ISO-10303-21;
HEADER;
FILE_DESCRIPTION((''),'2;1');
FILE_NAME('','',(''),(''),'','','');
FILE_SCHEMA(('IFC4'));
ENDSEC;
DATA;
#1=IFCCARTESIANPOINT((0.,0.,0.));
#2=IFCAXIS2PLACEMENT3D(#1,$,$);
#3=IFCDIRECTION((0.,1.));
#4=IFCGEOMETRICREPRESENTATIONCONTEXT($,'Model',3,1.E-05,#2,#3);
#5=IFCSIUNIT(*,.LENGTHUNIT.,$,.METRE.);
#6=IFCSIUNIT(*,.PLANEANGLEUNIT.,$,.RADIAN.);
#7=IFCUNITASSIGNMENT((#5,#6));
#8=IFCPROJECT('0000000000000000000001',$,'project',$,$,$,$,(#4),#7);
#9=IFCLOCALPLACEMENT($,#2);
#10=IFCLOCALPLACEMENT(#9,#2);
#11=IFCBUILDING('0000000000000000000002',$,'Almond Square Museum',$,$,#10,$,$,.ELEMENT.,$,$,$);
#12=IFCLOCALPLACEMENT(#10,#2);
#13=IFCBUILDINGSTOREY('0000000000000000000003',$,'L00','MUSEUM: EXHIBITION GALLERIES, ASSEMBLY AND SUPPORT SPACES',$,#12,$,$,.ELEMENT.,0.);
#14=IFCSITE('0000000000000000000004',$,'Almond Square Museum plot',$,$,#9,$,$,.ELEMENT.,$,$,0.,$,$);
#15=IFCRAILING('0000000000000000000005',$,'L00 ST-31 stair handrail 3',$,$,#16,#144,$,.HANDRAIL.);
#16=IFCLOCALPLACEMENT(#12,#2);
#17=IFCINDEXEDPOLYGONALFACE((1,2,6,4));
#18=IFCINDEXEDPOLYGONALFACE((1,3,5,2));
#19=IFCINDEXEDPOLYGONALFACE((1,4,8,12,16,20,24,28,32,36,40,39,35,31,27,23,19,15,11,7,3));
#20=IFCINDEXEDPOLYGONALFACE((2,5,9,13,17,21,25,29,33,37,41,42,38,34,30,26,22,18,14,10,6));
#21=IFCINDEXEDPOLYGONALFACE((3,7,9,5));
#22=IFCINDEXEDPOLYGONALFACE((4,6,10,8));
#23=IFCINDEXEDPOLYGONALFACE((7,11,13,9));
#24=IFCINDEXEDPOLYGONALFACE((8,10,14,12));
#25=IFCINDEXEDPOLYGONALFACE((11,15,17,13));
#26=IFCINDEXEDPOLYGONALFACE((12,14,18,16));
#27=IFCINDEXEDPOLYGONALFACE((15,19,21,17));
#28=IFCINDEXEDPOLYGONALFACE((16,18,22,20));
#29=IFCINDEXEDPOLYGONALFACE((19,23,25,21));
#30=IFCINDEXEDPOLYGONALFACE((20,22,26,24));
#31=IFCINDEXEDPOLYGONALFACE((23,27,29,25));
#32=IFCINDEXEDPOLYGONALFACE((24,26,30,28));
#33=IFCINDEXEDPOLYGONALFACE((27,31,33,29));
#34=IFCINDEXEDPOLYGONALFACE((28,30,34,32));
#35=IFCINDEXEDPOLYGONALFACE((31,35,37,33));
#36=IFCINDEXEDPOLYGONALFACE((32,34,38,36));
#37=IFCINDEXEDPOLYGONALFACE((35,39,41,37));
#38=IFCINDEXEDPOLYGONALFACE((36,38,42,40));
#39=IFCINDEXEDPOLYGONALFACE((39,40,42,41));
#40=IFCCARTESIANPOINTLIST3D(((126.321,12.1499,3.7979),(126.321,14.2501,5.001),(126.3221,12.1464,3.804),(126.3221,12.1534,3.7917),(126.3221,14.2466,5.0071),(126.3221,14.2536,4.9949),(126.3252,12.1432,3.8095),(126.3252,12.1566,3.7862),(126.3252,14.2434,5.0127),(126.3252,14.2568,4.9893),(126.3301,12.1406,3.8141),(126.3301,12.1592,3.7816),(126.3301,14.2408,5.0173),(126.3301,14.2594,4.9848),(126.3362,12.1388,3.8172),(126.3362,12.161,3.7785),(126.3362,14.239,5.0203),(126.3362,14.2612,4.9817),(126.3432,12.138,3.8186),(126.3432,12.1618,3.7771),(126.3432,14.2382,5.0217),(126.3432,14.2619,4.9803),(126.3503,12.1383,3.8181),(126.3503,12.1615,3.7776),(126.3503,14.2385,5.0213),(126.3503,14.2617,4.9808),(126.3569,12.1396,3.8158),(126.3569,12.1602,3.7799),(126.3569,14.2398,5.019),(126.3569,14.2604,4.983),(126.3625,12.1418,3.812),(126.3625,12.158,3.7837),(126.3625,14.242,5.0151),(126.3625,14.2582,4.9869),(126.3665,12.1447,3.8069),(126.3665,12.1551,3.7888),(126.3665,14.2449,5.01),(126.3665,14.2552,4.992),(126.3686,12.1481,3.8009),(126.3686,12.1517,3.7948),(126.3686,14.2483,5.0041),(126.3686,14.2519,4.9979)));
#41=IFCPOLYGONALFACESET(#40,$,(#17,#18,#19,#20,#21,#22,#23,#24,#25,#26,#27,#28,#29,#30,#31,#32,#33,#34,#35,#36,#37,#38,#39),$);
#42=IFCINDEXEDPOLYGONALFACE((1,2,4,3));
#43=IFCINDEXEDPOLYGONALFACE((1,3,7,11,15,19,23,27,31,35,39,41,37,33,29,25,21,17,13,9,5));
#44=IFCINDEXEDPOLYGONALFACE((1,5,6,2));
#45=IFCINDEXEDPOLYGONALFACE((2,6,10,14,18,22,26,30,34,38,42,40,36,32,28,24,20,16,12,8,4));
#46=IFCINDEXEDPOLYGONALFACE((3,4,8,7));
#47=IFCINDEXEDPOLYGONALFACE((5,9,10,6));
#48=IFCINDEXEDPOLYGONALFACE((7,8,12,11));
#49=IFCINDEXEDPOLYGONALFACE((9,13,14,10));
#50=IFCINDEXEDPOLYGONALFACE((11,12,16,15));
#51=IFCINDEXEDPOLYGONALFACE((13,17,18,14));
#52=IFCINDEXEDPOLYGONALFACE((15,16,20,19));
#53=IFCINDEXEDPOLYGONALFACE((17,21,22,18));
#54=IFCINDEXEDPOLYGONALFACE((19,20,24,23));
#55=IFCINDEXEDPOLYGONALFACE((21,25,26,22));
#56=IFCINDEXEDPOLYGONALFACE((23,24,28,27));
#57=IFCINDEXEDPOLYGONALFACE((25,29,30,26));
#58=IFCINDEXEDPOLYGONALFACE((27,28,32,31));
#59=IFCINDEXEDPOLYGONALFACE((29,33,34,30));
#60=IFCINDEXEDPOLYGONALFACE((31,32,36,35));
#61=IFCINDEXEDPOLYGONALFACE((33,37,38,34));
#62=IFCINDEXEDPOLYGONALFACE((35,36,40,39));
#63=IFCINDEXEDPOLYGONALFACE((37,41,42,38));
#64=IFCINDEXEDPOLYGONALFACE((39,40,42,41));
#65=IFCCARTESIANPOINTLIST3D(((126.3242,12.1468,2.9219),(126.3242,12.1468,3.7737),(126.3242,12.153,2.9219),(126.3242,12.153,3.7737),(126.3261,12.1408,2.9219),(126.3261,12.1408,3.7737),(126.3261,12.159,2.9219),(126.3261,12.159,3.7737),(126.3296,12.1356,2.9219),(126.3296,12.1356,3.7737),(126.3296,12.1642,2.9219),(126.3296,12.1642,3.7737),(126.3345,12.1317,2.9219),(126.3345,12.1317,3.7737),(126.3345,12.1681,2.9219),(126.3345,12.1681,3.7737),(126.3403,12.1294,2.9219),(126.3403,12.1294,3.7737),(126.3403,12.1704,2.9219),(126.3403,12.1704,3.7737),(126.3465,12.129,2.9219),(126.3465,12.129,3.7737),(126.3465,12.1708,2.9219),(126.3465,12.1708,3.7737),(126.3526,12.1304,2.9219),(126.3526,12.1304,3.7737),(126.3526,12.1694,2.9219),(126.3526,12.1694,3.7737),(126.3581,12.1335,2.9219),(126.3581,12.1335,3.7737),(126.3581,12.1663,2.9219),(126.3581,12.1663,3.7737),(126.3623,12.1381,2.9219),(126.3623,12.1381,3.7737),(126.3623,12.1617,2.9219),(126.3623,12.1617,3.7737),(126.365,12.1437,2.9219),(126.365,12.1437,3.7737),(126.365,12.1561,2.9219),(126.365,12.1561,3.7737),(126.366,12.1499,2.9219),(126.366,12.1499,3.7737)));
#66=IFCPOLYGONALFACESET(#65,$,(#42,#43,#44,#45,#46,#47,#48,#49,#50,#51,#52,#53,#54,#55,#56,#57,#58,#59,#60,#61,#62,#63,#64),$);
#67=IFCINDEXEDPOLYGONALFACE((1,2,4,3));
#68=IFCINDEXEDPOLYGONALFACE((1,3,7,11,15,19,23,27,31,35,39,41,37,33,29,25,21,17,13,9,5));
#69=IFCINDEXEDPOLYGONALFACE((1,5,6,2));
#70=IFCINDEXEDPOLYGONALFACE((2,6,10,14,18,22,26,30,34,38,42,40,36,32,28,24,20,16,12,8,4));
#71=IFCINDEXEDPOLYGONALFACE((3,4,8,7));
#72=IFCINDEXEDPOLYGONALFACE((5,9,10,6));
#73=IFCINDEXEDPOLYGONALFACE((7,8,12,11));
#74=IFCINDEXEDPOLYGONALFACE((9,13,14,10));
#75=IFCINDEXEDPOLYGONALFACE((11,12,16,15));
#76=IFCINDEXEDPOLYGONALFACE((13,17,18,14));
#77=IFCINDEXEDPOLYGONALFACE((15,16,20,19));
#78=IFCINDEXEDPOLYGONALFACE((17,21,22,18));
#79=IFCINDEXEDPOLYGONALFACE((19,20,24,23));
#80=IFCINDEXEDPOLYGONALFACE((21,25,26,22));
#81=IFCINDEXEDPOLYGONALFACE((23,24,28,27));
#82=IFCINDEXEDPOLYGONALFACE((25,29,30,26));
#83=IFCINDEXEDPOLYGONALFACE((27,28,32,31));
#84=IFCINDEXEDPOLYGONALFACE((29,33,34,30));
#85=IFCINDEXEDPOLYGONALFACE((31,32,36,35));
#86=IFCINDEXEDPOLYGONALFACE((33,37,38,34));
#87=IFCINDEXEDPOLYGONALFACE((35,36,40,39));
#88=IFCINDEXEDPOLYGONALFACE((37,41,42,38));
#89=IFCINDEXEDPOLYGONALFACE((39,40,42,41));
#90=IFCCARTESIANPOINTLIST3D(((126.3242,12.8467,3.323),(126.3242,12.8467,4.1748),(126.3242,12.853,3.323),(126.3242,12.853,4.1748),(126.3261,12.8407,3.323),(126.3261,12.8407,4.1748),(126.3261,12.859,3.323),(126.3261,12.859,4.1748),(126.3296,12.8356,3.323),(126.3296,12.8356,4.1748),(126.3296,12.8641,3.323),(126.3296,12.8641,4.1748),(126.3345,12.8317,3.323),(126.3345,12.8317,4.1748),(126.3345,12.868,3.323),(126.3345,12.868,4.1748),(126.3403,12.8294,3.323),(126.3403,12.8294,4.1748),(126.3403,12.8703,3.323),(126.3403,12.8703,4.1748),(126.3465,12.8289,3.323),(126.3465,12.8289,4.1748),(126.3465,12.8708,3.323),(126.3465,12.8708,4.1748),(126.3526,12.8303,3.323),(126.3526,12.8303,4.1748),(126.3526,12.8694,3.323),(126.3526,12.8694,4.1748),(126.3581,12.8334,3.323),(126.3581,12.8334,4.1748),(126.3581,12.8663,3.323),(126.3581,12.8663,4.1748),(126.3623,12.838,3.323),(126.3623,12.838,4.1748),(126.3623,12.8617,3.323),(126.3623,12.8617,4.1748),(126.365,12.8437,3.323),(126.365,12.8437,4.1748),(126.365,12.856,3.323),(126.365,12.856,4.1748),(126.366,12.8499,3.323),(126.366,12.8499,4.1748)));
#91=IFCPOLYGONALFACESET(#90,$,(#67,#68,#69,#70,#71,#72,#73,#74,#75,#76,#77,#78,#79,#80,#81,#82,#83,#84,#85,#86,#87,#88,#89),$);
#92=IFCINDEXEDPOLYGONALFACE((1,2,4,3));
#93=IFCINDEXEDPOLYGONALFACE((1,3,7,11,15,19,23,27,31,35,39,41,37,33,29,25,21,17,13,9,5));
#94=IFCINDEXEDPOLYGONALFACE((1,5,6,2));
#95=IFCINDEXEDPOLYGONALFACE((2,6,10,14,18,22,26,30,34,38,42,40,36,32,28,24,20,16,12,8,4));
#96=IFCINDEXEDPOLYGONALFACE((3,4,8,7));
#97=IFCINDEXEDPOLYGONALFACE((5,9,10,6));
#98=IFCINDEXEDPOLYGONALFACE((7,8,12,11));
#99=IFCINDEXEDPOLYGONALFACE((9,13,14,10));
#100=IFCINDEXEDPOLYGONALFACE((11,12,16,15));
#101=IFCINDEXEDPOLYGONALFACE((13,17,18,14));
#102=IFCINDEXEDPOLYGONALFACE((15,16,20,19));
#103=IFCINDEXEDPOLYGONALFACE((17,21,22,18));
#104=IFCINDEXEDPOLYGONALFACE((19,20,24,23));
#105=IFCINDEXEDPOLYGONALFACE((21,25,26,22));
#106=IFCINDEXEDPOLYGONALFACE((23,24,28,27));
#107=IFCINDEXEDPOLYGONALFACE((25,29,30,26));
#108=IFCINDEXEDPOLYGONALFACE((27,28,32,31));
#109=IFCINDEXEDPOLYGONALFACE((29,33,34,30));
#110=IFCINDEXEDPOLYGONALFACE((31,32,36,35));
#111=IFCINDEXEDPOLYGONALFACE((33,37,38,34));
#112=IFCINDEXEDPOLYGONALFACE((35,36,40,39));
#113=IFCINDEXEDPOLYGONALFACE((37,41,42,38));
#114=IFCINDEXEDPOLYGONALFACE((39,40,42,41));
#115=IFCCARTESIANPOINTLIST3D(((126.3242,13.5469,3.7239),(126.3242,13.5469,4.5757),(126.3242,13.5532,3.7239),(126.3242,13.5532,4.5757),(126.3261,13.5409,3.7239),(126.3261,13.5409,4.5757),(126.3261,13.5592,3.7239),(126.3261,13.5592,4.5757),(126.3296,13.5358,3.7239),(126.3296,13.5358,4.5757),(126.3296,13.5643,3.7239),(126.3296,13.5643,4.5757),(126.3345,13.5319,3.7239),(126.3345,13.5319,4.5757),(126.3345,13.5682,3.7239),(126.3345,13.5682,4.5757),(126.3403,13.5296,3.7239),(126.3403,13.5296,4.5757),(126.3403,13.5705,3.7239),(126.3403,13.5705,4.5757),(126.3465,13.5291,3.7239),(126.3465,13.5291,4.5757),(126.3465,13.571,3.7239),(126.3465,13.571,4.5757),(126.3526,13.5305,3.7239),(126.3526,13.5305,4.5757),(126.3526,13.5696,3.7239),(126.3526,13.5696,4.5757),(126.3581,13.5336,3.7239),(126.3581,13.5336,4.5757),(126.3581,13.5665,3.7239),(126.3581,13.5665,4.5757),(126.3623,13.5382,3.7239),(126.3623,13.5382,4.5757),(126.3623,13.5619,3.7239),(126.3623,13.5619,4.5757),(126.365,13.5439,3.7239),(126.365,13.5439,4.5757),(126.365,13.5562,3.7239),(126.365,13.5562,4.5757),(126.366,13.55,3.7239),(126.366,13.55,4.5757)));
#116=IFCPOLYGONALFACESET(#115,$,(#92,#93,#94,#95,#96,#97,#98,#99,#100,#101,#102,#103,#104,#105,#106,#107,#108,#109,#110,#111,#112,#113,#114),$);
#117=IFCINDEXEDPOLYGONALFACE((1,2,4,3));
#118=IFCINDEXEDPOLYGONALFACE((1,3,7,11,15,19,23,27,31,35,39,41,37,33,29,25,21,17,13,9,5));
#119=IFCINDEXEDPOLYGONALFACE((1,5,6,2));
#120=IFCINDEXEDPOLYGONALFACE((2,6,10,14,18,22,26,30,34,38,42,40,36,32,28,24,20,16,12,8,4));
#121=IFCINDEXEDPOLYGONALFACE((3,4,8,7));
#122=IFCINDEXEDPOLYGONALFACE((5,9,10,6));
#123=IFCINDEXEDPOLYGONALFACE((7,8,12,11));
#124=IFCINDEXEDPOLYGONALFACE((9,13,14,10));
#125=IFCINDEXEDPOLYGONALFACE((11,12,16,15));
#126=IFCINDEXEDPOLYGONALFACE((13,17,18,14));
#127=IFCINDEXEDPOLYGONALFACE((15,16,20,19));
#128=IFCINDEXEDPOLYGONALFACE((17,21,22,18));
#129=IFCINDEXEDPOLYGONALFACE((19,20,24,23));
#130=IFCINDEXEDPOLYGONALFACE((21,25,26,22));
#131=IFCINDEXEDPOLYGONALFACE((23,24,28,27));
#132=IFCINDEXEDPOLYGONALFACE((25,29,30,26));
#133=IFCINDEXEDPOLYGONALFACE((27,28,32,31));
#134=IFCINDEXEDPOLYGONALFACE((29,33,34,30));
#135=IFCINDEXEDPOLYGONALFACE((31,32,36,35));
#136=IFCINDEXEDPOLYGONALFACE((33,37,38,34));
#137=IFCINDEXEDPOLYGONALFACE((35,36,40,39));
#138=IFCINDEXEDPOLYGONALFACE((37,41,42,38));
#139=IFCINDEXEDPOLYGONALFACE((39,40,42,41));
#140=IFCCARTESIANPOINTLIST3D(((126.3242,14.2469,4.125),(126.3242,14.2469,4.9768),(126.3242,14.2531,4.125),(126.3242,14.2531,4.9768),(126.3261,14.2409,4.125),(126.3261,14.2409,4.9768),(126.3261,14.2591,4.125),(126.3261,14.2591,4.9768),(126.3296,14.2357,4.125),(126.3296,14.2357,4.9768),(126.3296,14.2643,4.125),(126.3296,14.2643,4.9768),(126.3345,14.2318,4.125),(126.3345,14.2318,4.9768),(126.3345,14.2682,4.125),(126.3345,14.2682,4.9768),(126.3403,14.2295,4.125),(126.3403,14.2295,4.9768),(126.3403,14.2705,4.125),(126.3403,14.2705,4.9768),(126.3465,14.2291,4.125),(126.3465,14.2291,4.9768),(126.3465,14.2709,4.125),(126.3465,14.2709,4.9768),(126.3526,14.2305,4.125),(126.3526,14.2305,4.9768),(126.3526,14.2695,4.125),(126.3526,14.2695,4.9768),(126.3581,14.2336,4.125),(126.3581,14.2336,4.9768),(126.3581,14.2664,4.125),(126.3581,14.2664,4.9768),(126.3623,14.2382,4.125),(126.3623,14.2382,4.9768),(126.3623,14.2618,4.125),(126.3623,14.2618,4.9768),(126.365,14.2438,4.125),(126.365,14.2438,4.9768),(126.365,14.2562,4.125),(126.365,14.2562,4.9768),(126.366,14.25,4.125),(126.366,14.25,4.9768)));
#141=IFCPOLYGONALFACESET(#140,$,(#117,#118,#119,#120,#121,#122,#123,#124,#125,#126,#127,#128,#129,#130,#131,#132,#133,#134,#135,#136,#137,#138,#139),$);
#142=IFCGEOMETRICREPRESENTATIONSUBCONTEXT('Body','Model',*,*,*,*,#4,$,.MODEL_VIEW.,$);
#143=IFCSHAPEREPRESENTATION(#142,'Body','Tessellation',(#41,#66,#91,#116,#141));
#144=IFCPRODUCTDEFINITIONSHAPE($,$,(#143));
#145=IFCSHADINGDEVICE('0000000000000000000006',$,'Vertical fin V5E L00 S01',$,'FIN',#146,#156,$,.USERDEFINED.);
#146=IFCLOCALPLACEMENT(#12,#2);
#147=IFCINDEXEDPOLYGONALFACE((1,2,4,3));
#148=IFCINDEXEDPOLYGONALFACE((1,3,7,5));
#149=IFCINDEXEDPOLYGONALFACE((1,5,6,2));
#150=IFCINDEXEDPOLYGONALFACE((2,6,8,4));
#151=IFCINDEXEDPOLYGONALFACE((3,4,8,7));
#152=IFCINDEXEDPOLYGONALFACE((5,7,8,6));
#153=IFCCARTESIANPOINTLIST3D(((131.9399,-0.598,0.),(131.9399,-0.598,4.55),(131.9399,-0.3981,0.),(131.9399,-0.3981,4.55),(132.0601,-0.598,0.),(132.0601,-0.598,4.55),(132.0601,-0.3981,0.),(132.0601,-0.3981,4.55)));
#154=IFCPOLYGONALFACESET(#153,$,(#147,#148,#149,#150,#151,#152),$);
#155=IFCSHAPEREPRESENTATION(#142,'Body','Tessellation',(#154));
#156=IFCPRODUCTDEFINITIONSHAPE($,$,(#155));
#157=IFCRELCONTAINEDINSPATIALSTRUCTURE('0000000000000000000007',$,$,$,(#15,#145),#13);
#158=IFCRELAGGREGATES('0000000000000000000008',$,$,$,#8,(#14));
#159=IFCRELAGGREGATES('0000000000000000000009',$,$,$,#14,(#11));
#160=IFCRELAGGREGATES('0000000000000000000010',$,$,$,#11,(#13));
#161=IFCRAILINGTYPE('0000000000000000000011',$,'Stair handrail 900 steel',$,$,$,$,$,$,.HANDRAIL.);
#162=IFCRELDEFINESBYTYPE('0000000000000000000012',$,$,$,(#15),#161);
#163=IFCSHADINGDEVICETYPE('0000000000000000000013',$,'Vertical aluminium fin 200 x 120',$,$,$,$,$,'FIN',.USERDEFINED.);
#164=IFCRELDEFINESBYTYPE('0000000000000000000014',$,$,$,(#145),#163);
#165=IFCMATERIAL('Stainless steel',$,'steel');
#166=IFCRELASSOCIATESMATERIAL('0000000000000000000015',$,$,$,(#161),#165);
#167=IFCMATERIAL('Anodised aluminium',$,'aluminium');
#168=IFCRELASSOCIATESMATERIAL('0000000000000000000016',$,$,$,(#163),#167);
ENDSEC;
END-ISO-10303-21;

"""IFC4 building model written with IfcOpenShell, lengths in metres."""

from ifc_helpers import new_model, si_unit, direction, frame, origin, origin_2d, place, context, subcontext, project, spatial, rectangle, circle, extrude, material, material_profile, profile_set, type_object, element, save


model = new_model("IFC4")

# Units and contexts
model_context = context("Model", 3, precision=1e-05, world=origin(), true_north=direction((0.0, 1.0)))
body_context = subcontext(model_context, "Body", "Model", "MODEL_VIEW")
ifc_project = project(units=[si_unit("LENGTHUNIT", "METRE"), si_unit("PLANEANGLEUNIT", "RADIAN")], contexts=[model_context])

# Site, building, storey
site_placement = place(None, origin())
site = spatial("IfcSite", under=ifc_project, at=site_placement, Name="Almond Square Museum plot", CompositionType="ELEMENT", RefElevation=0.0)
building_placement = place(site_placement, origin())
building = spatial("IfcBuilding", under=site, at=building_placement, Name="Almond Square Museum", CompositionType="ELEMENT")
storey_placement = place(building_placement, origin())
storey = spatial("IfcBuildingStorey", under=building, at=storey_placement, Name="L00", Description="MUSEUM: EXHIBITION GALLERIES, ASSEMBLY AND SUPPORT SPACES", CompositionType="ELEMENT", Elevation=0.0)

# Railing
ifc_material_1 = material(Name="Stainless steel", Category="steel")
railing_type_1 = type_object("IfcRailingType", Name="Stair handrail 900 steel", PredefinedType="HANDRAIL", material=ifc_material_1)
for number, where, name in (
    (1, (126.345, 12.1499, 2.9219), "L00 ST-31 stair handrail 3"),
):
    element("IfcRailing", number, at=place(storey_placement, frame(where)), inside=storey, type_object=railing_type_1, Name=name, PredefinedType="HANDRAIL", context=body_context, shape_type="SweptSolid", body=[
        extrude(circle(Radius=0.0239, at=origin_2d()), frame((0.0, 0.0, 0.876), z_axis=(0.0, 0.867696, 0.497095), x_axis=(-1.0, 0.0, 0.0)), (0.0, 0.0, 1.0), 2.4204),
        extrude(circle(Radius=0.021, at=origin_2d()), origin(), (0.0, 0.0, 1.0), 0.8518),
        extrude(circle(Radius=0.021, at=origin_2d()), frame((0.0, 0.7, 0.4011)), (0.0, 0.0, 1.0), 0.8518),
        extrude(circle(Radius=0.021, at=origin_2d()), frame((0.0, 1.4001, 0.802)), (0.0, 0.0, 1.0), 0.8518),
        extrude(circle(Radius=0.021, at=origin_2d()), frame((0.0, 2.1001, 1.2031)), (0.0, 0.0, 1.0), 0.8518),
    ])

# Shading device
ifc_material_2 = material(Name="Anodised aluminium", Category="aluminium")
ifc_material_profile_1 = material_profile(ifc_material_2, rectangle(XDim=0.2, YDim=0.1201, at=origin_2d()))
ifc_profile_set_1 = profile_set([ifc_material_profile_1], Name="Anodised aluminium")
shading_device_type = type_object("IfcShadingDeviceType", Name="Vertical aluminium fin 200 x 120", ElementType="FIN", PredefinedType="USERDEFINED", material=ifc_profile_set_1)
shading_device_placement = place(storey_placement, frame((132.0, -0.498, 0.0), z_axis=(0.0, 0.0, 1.0), x_axis=(0.0, -1.0, 0.0)))
element("IfcShadingDevice", 2, at=shading_device_placement, inside=storey, type_object=shading_device_type, Name="Vertical fin V5E L00 S01", ObjectType="FIN", PredefinedType="USERDEFINED", context=body_context, shape_type="SweptSolid", body=[
    extrude(rectangle(XDim=0.2, YDim=0.1201, at=origin_2d()), origin(), (0.0, 0.0, 1.0), 4.55),
])

save(model, "model.ifc")
